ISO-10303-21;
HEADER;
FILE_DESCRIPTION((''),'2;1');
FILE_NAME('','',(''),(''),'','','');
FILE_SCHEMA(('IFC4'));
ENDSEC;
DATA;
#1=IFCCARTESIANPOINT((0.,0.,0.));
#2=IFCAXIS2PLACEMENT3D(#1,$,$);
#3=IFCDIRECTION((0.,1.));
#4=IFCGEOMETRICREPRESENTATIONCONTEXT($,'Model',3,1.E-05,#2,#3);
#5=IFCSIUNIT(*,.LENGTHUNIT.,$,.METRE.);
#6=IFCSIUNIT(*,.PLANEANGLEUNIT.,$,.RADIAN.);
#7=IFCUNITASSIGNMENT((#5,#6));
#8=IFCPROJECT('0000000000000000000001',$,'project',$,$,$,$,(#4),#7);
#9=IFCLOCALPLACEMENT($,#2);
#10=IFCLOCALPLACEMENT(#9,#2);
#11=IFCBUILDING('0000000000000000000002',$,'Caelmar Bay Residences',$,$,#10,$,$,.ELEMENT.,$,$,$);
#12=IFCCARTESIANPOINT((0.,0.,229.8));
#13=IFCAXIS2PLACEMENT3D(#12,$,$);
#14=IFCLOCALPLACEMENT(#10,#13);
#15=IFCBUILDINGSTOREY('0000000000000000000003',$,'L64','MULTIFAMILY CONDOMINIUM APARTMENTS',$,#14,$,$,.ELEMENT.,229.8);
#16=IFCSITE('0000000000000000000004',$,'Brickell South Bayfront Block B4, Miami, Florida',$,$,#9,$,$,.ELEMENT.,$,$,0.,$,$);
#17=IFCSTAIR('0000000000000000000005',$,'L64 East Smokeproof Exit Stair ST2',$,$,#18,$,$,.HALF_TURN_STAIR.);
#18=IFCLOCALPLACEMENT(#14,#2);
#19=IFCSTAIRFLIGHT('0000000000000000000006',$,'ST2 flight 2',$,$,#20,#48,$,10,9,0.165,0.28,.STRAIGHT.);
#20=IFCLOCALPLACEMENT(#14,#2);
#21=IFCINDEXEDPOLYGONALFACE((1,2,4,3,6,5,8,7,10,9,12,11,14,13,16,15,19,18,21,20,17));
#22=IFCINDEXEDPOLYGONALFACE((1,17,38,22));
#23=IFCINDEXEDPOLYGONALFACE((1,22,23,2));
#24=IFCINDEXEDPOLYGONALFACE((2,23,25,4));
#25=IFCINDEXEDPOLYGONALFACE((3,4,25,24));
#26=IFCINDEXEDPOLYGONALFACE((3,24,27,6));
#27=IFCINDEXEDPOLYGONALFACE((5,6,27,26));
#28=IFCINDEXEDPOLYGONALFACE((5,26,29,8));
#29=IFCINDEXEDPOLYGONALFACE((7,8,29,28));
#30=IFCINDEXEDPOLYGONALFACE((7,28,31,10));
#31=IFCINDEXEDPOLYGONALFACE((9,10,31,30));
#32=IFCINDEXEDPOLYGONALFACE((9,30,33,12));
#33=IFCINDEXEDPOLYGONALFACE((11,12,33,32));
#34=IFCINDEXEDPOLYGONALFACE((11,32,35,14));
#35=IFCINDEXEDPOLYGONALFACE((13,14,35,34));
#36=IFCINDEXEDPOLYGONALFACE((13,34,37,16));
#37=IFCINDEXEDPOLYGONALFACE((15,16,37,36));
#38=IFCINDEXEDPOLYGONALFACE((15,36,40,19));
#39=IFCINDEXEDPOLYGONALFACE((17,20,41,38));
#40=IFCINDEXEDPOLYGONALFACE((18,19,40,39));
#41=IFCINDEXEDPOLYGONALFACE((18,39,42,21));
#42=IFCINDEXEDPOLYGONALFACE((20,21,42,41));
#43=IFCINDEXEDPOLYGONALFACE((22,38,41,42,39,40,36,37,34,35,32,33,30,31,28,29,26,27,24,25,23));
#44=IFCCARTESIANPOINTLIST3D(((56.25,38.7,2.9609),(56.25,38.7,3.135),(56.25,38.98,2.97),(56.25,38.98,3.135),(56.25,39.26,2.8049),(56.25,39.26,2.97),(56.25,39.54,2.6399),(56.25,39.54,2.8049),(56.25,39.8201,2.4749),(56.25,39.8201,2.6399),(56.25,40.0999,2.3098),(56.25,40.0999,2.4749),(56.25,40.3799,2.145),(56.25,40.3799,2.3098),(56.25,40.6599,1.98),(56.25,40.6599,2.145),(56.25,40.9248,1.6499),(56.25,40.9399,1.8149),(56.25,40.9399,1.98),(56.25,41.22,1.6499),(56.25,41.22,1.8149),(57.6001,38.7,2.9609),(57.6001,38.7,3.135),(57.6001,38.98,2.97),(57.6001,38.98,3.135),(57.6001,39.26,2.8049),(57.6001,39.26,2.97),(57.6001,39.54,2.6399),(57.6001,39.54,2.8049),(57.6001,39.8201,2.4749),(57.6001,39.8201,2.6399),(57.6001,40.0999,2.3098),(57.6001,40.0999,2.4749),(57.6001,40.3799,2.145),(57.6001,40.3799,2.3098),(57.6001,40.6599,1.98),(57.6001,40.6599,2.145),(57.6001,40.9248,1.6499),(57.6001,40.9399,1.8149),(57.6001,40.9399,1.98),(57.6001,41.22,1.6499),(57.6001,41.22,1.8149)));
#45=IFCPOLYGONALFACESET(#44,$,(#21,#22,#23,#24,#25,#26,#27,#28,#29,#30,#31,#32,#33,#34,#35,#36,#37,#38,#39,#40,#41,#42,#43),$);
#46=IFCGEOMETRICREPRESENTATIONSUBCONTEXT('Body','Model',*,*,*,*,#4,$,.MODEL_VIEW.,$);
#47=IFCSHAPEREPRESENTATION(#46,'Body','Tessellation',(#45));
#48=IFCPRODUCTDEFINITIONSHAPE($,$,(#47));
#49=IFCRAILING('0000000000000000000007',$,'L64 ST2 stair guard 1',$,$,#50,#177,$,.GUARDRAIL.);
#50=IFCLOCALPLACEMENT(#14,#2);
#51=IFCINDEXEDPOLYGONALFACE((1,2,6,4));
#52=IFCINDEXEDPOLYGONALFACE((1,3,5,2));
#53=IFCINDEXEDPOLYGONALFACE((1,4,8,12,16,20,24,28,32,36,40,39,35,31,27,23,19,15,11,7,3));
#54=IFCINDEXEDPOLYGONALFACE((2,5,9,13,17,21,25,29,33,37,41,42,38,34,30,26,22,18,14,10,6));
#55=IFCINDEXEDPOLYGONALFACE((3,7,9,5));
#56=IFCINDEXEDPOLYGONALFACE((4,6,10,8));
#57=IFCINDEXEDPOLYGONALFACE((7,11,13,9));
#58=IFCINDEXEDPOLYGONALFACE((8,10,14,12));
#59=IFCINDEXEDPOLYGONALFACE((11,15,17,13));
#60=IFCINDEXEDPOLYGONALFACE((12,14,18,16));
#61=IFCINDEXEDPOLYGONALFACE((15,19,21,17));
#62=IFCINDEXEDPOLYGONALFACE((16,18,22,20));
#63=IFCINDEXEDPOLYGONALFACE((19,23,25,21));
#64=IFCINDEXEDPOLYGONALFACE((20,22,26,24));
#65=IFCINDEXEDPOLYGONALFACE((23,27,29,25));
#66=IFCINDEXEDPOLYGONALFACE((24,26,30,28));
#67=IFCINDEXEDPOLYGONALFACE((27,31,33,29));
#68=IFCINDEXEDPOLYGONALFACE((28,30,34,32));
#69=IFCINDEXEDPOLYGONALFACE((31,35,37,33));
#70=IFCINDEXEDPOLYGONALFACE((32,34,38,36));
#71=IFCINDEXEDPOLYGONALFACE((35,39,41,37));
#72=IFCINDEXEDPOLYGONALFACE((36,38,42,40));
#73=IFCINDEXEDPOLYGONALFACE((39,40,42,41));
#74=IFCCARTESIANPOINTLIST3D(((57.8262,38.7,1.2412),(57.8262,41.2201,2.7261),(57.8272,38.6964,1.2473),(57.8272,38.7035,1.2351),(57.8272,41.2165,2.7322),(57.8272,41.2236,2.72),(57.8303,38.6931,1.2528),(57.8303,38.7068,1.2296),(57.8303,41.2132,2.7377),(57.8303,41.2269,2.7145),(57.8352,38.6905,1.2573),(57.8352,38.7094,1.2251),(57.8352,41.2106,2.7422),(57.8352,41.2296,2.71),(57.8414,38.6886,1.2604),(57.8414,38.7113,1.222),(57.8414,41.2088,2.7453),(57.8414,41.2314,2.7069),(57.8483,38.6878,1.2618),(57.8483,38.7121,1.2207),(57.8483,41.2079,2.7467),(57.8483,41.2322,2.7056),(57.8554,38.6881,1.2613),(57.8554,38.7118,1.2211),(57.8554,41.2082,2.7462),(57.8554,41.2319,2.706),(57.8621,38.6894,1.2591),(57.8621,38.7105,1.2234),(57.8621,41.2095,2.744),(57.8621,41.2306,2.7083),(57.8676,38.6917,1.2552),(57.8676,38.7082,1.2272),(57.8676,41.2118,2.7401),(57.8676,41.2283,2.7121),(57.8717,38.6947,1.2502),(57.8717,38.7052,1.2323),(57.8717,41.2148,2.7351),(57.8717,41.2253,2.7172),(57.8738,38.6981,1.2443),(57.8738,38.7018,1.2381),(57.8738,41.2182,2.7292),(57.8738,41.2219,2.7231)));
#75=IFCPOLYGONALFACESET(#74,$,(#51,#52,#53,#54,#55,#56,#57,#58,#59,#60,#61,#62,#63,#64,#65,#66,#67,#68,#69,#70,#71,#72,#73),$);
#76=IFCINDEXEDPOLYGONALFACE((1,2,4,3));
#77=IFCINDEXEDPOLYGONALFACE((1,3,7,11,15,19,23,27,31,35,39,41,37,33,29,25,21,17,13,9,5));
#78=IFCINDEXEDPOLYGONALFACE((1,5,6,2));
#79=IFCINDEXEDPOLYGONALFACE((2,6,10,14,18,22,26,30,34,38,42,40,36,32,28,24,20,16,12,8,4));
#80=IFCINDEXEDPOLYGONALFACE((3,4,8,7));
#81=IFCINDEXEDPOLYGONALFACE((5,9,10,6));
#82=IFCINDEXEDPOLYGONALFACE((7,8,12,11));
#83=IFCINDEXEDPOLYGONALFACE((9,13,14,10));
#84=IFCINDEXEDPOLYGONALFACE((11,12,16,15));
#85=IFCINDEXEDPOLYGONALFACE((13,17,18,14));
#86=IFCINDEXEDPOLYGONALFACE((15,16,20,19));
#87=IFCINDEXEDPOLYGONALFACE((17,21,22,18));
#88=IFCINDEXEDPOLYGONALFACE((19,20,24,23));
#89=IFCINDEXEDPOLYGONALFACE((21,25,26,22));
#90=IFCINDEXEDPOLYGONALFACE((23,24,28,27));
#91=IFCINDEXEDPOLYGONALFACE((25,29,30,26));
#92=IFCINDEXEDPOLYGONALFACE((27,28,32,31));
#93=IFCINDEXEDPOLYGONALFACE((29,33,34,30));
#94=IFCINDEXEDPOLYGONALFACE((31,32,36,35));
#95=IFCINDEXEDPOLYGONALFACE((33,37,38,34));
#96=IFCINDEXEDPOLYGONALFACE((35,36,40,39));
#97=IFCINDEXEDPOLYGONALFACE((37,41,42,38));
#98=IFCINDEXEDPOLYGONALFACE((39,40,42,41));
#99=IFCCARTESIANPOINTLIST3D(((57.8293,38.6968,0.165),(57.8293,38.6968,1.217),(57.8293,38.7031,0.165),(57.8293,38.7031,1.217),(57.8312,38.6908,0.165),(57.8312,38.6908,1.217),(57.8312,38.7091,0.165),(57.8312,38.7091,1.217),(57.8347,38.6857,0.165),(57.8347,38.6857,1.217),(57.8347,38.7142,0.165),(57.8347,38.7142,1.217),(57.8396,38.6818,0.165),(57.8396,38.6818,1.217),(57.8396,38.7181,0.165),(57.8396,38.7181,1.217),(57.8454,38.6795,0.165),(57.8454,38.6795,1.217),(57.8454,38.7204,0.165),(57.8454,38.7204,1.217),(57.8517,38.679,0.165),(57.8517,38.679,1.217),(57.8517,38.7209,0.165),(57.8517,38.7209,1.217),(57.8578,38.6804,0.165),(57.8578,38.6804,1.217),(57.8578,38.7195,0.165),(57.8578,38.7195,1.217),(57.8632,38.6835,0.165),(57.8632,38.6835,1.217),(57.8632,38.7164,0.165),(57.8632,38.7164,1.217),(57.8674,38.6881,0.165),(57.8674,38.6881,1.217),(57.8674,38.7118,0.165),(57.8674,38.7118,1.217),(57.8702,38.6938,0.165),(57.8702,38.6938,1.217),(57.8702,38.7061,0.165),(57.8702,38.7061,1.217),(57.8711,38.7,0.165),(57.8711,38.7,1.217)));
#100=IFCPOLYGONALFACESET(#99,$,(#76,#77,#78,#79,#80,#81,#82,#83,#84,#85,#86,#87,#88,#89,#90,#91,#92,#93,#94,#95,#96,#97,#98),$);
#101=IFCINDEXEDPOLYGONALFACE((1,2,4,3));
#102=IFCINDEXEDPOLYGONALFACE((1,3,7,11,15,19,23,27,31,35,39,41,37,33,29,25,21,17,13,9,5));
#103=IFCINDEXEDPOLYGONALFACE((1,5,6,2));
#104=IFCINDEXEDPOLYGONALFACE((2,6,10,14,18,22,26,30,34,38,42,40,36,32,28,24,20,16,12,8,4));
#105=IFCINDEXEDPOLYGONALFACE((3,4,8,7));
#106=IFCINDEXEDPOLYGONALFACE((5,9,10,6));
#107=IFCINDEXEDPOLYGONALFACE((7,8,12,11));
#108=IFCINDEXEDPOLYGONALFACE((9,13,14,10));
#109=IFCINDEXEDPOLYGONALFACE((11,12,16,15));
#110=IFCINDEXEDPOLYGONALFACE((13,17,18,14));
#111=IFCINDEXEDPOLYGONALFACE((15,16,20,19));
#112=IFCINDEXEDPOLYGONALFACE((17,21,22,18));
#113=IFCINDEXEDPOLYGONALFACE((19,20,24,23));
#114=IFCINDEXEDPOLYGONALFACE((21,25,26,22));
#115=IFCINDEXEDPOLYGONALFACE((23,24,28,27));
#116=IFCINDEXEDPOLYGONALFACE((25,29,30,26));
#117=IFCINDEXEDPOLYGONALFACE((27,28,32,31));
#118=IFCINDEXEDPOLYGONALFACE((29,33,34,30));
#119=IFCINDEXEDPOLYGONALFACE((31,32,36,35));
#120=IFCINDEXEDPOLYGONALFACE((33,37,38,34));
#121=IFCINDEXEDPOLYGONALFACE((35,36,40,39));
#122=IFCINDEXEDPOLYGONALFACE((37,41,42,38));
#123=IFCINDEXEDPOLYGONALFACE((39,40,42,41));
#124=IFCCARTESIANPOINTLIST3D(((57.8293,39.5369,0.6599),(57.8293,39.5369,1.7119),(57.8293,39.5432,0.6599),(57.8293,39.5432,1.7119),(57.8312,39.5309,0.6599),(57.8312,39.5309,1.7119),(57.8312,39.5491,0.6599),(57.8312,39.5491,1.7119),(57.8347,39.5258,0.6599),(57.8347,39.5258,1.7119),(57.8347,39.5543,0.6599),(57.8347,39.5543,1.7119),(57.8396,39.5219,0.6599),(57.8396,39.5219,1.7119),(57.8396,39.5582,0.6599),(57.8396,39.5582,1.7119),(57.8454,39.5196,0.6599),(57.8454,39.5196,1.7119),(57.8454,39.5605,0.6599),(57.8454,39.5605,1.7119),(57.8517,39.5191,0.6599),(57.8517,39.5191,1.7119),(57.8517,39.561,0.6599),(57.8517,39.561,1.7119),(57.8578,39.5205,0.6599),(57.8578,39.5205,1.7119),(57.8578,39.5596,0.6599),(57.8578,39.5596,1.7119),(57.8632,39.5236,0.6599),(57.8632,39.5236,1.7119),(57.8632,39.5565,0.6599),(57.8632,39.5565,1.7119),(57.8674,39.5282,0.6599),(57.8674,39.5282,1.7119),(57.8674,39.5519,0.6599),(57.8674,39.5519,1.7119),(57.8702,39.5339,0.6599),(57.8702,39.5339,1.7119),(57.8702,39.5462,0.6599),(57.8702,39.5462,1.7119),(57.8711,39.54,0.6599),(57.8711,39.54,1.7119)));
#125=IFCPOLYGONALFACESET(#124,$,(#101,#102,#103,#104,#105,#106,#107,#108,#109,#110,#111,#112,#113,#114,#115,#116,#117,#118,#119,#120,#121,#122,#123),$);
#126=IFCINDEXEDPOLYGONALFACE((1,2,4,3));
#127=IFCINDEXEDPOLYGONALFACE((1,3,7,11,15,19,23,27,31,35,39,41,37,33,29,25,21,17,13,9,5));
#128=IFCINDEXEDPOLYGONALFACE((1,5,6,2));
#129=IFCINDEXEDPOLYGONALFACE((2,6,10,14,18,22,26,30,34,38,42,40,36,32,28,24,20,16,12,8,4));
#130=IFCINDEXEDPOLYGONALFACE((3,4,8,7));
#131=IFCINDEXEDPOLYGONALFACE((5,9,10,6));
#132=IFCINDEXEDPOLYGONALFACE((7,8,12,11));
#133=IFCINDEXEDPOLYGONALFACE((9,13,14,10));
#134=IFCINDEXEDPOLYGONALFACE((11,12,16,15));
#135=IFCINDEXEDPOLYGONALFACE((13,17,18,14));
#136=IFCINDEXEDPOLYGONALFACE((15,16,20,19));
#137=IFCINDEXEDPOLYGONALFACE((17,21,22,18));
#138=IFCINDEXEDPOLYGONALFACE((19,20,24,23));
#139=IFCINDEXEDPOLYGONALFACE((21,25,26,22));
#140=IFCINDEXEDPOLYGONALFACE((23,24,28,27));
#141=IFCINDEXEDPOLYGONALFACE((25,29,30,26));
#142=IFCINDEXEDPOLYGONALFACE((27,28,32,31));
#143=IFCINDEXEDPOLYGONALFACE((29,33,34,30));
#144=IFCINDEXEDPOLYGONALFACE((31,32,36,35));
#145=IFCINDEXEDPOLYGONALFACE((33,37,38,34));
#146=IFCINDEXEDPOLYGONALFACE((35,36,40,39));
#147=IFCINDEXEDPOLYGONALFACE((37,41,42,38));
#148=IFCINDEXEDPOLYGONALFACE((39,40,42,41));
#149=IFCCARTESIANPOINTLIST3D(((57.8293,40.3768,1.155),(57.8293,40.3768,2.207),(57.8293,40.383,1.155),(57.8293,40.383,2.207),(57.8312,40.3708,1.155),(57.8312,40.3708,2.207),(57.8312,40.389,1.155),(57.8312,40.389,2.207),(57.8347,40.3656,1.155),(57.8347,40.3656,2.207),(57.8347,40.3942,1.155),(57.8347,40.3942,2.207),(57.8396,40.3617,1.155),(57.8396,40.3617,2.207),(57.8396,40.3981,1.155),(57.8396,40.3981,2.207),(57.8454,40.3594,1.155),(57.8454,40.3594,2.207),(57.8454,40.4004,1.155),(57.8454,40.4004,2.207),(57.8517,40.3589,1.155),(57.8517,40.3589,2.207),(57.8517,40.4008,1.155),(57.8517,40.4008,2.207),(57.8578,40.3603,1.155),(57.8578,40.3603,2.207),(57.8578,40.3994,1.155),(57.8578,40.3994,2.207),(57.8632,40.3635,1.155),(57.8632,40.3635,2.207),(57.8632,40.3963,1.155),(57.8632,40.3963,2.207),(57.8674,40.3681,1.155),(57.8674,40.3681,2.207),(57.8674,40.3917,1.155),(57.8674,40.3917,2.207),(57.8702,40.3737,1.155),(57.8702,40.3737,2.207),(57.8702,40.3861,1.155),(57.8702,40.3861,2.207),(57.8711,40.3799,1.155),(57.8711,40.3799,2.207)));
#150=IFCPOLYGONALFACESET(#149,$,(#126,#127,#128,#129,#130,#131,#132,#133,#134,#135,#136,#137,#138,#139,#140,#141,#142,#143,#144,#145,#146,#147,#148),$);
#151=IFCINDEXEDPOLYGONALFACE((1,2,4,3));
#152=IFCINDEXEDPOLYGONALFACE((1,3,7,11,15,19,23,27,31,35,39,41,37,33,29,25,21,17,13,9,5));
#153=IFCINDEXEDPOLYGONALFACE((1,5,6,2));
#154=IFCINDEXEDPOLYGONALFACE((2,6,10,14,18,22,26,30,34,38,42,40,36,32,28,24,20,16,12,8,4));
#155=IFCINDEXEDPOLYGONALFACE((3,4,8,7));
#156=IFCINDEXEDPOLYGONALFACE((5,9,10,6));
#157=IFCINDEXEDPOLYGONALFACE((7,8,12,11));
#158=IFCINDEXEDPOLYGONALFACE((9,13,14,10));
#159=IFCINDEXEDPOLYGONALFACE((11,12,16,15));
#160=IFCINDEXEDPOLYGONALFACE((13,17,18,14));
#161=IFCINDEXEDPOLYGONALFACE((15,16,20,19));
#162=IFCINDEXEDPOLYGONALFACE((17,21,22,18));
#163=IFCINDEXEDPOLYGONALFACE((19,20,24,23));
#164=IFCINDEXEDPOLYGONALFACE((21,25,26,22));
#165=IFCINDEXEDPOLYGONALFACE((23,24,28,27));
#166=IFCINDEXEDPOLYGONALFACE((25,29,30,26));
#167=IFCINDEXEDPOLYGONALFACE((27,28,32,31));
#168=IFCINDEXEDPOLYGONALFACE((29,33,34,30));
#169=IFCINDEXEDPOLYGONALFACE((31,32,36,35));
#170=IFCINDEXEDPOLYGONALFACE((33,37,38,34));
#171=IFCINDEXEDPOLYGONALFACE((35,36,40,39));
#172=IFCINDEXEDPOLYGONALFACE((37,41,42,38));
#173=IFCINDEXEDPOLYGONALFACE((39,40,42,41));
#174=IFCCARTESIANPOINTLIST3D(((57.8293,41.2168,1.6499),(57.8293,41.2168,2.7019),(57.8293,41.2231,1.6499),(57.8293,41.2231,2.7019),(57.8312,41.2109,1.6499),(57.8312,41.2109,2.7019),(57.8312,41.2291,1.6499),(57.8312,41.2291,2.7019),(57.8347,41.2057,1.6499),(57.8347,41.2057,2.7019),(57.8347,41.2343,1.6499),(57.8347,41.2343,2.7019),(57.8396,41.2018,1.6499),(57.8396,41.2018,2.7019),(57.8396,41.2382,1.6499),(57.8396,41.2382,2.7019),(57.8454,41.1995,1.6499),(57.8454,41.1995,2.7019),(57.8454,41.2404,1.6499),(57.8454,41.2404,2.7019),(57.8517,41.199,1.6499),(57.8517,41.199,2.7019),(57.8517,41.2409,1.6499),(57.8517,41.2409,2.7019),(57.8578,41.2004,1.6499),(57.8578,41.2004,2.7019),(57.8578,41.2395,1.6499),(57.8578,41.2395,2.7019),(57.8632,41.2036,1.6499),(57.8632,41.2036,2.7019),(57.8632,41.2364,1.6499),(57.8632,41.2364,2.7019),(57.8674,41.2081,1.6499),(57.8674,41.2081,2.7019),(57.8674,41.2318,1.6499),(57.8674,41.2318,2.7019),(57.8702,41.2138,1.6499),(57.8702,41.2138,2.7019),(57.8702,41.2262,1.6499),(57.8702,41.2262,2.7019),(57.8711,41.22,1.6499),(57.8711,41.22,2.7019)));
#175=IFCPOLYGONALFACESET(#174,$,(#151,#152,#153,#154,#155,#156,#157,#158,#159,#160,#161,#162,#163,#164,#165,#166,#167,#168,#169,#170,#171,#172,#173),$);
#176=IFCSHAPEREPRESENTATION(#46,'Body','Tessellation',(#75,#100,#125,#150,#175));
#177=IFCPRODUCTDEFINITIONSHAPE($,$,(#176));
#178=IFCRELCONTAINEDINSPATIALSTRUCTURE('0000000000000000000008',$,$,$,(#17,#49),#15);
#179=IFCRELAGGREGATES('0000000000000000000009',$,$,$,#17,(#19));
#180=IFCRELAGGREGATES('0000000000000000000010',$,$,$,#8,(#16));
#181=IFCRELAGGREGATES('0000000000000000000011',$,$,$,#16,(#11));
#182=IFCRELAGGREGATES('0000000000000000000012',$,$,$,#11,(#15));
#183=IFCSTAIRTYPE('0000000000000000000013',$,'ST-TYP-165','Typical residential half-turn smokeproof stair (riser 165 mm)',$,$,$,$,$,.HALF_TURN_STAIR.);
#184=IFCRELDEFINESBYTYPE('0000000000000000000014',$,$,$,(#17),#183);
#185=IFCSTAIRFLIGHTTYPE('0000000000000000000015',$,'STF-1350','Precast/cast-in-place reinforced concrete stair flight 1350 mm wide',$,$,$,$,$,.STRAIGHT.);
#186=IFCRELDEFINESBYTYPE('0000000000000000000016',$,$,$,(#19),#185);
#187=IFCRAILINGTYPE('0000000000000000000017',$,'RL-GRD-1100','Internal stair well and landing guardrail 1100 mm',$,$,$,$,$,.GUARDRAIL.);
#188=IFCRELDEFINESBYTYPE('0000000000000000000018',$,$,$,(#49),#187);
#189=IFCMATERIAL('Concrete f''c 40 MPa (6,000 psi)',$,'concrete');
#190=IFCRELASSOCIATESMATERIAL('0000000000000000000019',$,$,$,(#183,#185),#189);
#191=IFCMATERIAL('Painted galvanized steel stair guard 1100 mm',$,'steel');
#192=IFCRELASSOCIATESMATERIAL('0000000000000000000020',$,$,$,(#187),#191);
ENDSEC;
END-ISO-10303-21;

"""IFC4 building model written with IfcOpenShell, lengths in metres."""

from ifc_helpers import new_model, si_unit, direction, frame, origin, origin_2d, place, context, subcontext, project, spatial, polyline, circle, outline, extrude, material, type_object, element, aggregate, save


model = new_model("IFC4")

# Units and contexts
model_context = context("Model", 3, precision=1e-05, world=origin(), true_north=direction((0.0, 1.0)))
body_context = subcontext(model_context, "Body", "Model", "MODEL_VIEW")
ifc_project = project(units=[si_unit("LENGTHUNIT", "METRE"), si_unit("PLANEANGLEUNIT", "RADIAN")], contexts=[model_context])

# Site, building, storey
site_placement = place(None, origin())
site = spatial("IfcSite", under=ifc_project, at=site_placement, Name="Brickell South Bayfront Block B4, Miami, Florida", CompositionType="ELEMENT", RefElevation=0.0)
building_placement = place(site_placement, origin())
building = spatial("IfcBuilding", under=site, at=building_placement, Name="Caelmar Bay Residences", CompositionType="ELEMENT")
storey_placement = place(building_placement, frame((0.0, 0.0, 229.8)))
storey = spatial("IfcBuildingStorey", under=building, at=storey_placement, Name="L64", Description="MULTIFAMILY CONDOMINIUM APARTMENTS", CompositionType="ELEMENT", Elevation=229.8)

# Stair, stair flight
ifc_material_1 = material(Name="Concrete f'c 40 MPa (6,000 psi)", Category="concrete")
stair_type = type_object("IfcStairType", Name="ST-TYP-165", Description="Typical residential half-turn smokeproof stair (riser 165 mm)", PredefinedType="HALF_TURN_STAIR", material=ifc_material_1)
stair_placement = place(storey_placement, origin())
stair = element("IfcStair", 1, at=stair_placement, inside=storey, type_object=stair_type, Name="L64 East Smokeproof Exit Stair ST2", PredefinedType="HALF_TURN_STAIR")
stair_flight_type = type_object("IfcStairFlightType", Name="STF-1350", Description="Precast/cast-in-place reinforced concrete stair flight 1350 mm wide", PredefinedType="STRAIGHT", material=ifc_material_1)
stair_flight_1_placement = place(storey_placement, frame((56.925, 41.22, 1.6499), z_axis=(0.0, 0.0, 1.0), x_axis=(0.0, -1.0, 0.0)))
stair_flight_1 = element("IfcStairFlight", 2, at=stair_flight_1_placement, type_object=stair_flight_type, Name="ST2 flight 2", NumberOfRisers=10, NumberOfTreads=9, PredefinedType="STRAIGHT", RiserHeight=0.165, TreadLength=0.28, context=body_context, shape_type="SweptSolid", body=[
    extrude(outline(polyline([(0.0, 0.0), (0.0, 0.165), (0.28, 0.165), (0.28, 0.3301), (0.5601, 0.3301), (0.5601, 0.4951), (0.8401, 0.4951), (0.8401, 0.6599), (1.1201, 0.6599), (1.1201, 0.825), (1.3999, 0.825), (1.3999, 0.99), (1.6799, 0.99), (1.6799, 1.155), (1.96, 1.155), (1.96, 1.3201), (2.24, 1.3201), (2.24, 1.4851), (2.52, 1.4851), (2.52, 1.6499), (2.52, 1.311), (0.2952, 0.0), (0.0, 0.0)])), frame((0.0, 0.675, 0.0), z_axis=(0.0, -1.0, 0.0), x_axis=(1.0, 0.0, 0.0)), (0.0, 0.0, 1.0), 1.3501),
])
aggregate(stair, [stair_flight_1])

# Railing
ifc_material_2 = material(Name="Painted galvanized steel stair guard 1100 mm", Category="steel")
railing_type_1 = type_object("IfcRailingType", Name="RL-GRD-1100", Description="Internal stair well and landing guardrail 1100 mm", PredefinedType="GUARDRAIL", material=ifc_material_2)
railing_1_placement = place(storey_placement, frame((57.8501, 38.7, 0.165)))
element("IfcRailing", 3, at=railing_1_placement, inside=storey, type_object=railing_type_1, Name="L64 ST2 stair guard 1", PredefinedType="GUARDRAIL", context=body_context, shape_type="SweptSolid", body=[
    extrude(circle(Radius=0.0239, at=origin_2d()), frame((0.0, 0.0, 1.0762), z_axis=(0.0, 0.861561, 0.507655), x_axis=(-1.0, 0.0, 0.0)), (0.0, 0.0, 1.0), 2.925),
    extrude(circle(Radius=0.021, at=origin_2d()), origin(), (0.0, 0.0, 1.0), 1.052),
    extrude(circle(Radius=0.021, at=origin_2d()), frame((0.0, 0.8401, 0.4949)), (0.0, 0.0, 1.0), 1.052),
    extrude(circle(Radius=0.021, at=origin_2d()), frame((0.0, 1.6799, 0.99)), (0.0, 0.0, 1.0), 1.052),
    extrude(circle(Radius=0.021, at=origin_2d()), frame((0.0, 2.52, 1.4849)), (0.0, 0.0, 1.0), 1.052),
])

save(model, "model.ifc")
